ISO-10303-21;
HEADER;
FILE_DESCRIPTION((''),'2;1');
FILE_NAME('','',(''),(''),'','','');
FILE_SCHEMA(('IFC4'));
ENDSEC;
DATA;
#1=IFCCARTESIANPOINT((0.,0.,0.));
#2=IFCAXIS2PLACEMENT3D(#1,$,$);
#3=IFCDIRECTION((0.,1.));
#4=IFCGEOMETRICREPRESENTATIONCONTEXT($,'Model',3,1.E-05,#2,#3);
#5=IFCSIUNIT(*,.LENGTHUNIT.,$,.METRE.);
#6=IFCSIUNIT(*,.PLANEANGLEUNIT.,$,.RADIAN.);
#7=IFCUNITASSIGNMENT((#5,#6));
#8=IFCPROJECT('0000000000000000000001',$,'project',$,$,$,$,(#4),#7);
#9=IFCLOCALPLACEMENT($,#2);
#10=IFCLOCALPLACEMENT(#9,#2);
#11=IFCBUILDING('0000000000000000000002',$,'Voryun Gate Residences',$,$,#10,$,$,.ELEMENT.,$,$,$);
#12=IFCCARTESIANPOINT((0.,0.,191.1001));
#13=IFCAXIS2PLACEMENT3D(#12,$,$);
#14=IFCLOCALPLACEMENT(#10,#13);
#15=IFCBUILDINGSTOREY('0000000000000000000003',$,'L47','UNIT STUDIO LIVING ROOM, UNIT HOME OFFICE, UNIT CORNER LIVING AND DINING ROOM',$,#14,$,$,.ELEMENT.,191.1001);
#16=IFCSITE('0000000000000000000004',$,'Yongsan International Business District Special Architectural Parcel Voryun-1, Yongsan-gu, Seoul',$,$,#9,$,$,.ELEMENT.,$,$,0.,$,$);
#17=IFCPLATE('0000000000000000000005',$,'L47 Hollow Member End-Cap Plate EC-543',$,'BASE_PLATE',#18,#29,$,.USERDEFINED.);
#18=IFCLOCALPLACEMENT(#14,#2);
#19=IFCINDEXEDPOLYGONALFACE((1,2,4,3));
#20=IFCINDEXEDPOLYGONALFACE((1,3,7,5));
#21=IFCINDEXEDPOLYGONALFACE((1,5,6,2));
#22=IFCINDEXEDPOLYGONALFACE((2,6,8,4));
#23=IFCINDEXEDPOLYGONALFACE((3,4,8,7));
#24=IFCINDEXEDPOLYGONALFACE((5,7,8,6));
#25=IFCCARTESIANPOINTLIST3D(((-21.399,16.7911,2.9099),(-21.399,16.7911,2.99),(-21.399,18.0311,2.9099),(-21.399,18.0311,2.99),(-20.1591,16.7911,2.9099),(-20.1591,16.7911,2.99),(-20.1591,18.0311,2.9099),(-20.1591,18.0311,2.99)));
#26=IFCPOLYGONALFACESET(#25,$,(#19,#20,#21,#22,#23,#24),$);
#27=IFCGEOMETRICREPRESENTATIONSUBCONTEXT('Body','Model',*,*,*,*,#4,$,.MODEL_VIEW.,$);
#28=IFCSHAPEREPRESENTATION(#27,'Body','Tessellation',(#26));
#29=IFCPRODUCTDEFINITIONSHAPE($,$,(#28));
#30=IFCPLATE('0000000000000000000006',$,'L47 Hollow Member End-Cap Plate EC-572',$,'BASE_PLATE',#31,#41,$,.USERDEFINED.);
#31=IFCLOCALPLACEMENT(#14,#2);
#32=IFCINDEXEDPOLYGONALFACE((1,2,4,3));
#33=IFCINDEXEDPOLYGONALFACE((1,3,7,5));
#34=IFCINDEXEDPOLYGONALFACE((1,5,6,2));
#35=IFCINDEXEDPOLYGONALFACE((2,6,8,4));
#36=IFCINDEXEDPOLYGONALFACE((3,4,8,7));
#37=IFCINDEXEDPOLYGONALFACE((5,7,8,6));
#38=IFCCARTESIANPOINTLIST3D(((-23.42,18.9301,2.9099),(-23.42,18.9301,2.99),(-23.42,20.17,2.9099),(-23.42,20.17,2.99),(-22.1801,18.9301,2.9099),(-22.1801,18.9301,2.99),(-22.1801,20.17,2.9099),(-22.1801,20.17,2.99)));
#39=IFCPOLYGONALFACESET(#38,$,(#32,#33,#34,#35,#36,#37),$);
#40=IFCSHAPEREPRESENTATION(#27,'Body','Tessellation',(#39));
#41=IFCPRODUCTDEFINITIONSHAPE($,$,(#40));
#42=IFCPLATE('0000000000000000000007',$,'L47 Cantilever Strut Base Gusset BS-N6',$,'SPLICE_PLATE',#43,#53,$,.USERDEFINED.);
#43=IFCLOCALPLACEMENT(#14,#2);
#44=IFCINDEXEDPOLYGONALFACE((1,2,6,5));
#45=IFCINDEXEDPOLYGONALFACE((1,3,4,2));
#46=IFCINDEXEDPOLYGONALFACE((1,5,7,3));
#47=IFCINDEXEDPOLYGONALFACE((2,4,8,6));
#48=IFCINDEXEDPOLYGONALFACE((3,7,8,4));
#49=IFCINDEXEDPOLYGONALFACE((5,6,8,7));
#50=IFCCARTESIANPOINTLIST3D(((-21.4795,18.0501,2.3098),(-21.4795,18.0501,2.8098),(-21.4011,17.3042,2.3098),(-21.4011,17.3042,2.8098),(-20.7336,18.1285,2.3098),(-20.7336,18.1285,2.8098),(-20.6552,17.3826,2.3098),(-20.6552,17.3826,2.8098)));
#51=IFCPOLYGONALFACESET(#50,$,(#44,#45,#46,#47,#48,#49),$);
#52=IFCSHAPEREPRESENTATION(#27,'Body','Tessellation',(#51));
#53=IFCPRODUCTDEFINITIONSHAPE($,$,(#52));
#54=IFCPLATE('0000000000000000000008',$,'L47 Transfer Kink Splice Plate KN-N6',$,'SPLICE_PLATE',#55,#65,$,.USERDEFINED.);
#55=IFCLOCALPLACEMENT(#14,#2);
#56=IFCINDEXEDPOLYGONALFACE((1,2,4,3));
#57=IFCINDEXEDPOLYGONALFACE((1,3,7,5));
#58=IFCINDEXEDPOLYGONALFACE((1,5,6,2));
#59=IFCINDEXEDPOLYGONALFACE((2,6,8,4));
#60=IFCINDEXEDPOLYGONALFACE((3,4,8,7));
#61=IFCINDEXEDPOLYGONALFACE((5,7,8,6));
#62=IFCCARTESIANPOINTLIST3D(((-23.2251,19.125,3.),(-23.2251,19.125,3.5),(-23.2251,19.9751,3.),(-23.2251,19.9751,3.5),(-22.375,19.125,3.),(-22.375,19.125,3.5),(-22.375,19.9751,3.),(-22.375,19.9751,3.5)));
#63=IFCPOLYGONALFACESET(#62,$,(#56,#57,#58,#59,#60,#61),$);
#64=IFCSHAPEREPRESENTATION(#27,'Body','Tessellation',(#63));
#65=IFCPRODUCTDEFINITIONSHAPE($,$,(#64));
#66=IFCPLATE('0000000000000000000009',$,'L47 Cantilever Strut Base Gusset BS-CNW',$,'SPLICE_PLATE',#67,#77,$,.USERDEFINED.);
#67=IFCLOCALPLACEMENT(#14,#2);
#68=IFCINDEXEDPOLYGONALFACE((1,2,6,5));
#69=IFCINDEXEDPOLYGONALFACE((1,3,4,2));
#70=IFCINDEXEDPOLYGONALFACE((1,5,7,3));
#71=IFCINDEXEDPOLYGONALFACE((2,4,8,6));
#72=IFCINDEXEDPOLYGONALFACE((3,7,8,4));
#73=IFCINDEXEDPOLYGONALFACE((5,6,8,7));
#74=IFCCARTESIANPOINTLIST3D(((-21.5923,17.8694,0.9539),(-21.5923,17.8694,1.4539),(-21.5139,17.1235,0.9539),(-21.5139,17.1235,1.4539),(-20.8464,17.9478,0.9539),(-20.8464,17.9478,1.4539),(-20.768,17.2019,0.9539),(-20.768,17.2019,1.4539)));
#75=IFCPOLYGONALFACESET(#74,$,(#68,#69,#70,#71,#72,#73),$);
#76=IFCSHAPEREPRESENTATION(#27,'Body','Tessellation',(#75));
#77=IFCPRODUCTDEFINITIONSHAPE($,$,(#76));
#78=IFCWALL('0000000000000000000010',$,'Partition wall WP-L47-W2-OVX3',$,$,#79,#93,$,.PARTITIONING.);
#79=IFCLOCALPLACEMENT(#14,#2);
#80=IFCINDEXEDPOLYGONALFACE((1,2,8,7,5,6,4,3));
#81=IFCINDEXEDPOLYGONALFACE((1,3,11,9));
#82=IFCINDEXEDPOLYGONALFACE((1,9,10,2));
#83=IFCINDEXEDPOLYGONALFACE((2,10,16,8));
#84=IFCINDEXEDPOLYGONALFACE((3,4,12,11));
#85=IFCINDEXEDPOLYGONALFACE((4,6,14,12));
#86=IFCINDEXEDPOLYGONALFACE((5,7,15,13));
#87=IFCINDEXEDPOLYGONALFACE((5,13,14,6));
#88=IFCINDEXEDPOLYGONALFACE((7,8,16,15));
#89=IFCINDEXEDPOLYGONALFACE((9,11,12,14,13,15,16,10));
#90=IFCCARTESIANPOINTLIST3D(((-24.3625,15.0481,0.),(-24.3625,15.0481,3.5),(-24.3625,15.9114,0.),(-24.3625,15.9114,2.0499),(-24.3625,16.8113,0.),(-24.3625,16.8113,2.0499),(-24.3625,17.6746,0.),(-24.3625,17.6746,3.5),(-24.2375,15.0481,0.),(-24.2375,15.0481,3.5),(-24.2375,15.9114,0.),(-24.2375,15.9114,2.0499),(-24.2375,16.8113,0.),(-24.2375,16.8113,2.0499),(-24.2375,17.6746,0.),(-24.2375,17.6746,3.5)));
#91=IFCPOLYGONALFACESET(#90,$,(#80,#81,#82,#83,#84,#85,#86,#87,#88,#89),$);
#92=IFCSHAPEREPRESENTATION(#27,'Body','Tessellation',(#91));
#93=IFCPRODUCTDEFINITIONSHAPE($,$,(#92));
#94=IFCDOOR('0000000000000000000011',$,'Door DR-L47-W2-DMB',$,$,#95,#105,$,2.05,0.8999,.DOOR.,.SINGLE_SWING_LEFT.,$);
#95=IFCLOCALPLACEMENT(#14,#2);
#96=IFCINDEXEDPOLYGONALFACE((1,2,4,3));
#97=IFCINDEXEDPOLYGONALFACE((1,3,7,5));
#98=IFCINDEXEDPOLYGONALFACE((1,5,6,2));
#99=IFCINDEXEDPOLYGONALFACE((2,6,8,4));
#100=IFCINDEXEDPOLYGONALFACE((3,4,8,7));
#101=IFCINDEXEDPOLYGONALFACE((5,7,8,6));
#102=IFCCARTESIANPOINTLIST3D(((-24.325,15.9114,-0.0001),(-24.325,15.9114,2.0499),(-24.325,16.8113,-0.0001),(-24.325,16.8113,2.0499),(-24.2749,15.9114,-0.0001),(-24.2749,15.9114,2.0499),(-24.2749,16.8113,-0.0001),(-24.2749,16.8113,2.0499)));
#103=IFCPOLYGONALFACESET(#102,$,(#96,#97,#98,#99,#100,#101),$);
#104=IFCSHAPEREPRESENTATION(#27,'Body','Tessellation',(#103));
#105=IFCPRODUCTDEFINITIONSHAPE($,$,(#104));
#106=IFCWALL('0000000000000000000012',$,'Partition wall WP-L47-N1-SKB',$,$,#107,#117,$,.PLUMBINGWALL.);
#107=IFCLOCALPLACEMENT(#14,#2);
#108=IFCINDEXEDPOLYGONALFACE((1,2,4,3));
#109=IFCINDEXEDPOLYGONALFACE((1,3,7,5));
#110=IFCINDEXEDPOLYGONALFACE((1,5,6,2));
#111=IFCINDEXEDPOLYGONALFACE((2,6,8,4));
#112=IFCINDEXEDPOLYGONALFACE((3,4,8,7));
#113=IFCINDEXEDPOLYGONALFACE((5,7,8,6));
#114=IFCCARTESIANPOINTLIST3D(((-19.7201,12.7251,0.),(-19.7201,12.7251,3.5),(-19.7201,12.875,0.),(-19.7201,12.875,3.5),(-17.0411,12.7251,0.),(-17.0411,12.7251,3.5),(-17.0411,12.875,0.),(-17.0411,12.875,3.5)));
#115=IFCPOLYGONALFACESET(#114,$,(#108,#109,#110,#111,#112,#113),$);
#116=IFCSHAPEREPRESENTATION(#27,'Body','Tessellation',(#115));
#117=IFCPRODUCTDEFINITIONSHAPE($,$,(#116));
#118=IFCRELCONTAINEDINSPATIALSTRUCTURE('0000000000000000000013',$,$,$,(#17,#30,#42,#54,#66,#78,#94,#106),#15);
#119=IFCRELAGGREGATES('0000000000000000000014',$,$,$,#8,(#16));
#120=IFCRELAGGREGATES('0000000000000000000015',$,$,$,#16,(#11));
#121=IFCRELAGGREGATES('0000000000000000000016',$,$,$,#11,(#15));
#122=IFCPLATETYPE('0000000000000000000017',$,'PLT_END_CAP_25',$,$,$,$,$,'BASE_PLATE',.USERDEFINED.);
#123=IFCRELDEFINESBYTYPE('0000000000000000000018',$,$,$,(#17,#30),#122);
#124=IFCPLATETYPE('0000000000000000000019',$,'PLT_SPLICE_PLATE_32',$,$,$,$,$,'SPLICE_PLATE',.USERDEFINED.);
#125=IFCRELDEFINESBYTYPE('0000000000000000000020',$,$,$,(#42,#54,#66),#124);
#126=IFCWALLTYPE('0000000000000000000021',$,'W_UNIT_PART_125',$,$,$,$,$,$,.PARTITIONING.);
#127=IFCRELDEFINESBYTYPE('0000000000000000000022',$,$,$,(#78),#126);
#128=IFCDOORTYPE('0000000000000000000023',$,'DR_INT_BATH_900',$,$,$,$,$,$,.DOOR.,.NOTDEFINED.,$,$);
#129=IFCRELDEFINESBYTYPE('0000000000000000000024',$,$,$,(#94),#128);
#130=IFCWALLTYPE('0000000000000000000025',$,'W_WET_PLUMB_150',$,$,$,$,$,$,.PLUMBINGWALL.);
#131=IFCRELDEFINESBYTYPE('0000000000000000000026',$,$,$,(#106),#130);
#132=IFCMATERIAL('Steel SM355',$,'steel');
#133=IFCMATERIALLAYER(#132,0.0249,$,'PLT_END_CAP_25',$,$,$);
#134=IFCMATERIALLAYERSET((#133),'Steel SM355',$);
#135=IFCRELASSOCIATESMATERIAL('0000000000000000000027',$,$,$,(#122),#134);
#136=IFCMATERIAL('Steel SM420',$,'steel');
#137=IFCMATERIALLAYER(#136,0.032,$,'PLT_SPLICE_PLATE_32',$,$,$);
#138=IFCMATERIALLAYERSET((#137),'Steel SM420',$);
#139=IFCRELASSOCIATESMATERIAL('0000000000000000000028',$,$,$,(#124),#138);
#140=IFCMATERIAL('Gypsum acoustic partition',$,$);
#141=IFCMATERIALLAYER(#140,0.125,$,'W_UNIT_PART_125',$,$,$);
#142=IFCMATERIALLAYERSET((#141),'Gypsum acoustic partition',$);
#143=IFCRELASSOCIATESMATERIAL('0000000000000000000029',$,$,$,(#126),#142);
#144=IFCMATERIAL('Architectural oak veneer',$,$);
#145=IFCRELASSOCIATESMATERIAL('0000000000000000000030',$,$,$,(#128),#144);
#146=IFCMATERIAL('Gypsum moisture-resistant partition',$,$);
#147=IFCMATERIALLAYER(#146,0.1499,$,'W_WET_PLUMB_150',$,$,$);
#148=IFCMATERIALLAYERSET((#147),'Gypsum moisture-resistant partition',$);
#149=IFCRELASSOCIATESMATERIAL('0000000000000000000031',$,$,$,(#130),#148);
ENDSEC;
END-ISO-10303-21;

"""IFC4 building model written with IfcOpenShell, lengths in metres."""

from ifc_helpers import new_model, si_unit, direction, frame, frame_2d, origin, origin_2d, place, context, subcontext, project, spatial, rectangle, extrude, material, layer, layer_set, type_object, element, fill, save


model = new_model("IFC4")

# Units and contexts
model_context = context("Model", 3, precision=1e-05, world=origin(), true_north=direction((0.0, 1.0)))
body_context = subcontext(model_context, "Body", "Model", "MODEL_VIEW")
ifc_project = project(units=[si_unit("LENGTHUNIT", "METRE"), si_unit("PLANEANGLEUNIT", "RADIAN")], contexts=[model_context])

# Site, building, storey
site_placement = place(None, origin())
site = spatial("IfcSite", under=ifc_project, at=site_placement, Name="Yongsan International Business District Special Architectural Parcel Voryun-1, Yongsan-gu, Seoul", CompositionType="ELEMENT", RefElevation=0.0)
building_placement = place(site_placement, origin())
building = spatial("IfcBuilding", under=site, at=building_placement, Name="Voryun Gate Residences", CompositionType="ELEMENT")
storey_placement = place(building_placement, frame((0.0, 0.0, 191.1001)))
storey = spatial("IfcBuildingStorey", under=building, at=storey_placement, Name="L47", Description="UNIT STUDIO LIVING ROOM, UNIT HOME OFFICE, UNIT CORNER LIVING AND DINING ROOM", CompositionType="ELEMENT", Elevation=191.1001)

# Plates
ifc_material_1 = material(Name="Steel SM355", Category="steel")
ifc_layer_1 = layer(ifc_material_1, 0.0249, Name="PLT_END_CAP_25")
ifc_layer_set_1 = layer_set([ifc_layer_1], Name="Steel SM355")
plate_type_1 = type_object("IfcPlateType", Name="PLT_END_CAP_25", ElementType="BASE_PLATE", PredefinedType="USERDEFINED", material=ifc_layer_set_1)
for number, where, z_axis, x_axis, name in (
    (1, (-20.7791, 17.4111, 2.9099), (0.0, 0.0, 1.0), (1.0, 0.0, 0.0), "L47 Hollow Member End-Cap Plate EC-543"),
    (2, (-22.8, 19.55, 2.9099), (0.0, 0.0, 1.0), (1.0, 0.0, 0.0), "L47 Hollow Member End-Cap Plate EC-572"),
):
    element("IfcPlate", number, at=place(storey_placement, frame(where, z_axis=z_axis, x_axis=x_axis)), inside=storey, type_object=plate_type_1, Name=name, ObjectType="BASE_PLATE", PredefinedType="USERDEFINED", context=body_context, shape_type="SweptSolid", body=[
        extrude(rectangle(XDim=1.24, YDim=1.24, at=origin_2d()), origin(), (0.0, 0.0, 1.0), 0.0801),
    ])
ifc_material_2 = material(Name="Steel SM420", Category="steel")
ifc_layer_2 = layer(ifc_material_2, 0.032, Name="PLT_SPLICE_PLATE_32")
ifc_layer_set_2 = layer_set([ifc_layer_2], Name="Steel SM420")
plate_type_2 = type_object("IfcPlateType", Name="PLT_SPLICE_PLATE_32", ElementType="SPLICE_PLATE", PredefinedType="USERDEFINED", material=ifc_layer_set_2)
plate_1_placement = place(storey_placement, frame((-21.0674, 17.7163, 2.3098), z_axis=(0.0, 0.0, 1.0), x_axis=(0.994522, 0.104528, 0.0)))
element("IfcPlate", 3, at=plate_1_placement, inside=storey, type_object=plate_type_2, Name="L47 Cantilever Strut Base Gusset BS-N6", ObjectType="SPLICE_PLATE", PredefinedType="USERDEFINED", context=body_context, shape_type="SweptSolid", body=[
    extrude(rectangle(XDim=0.75, YDim=0.75, at=origin_2d()), origin(), (0.0, 0.0, 1.0), 0.5),
])
plate_2_placement = place(storey_placement, frame((-22.8, 19.55, 3.0), z_axis=(0.0, 0.0, 1.0), x_axis=(1.0, 0.0, 0.0)))
element("IfcPlate", 4, at=plate_2_placement, inside=storey, type_object=plate_type_2, Name="L47 Transfer Kink Splice Plate KN-N6", ObjectType="SPLICE_PLATE", PredefinedType="USERDEFINED", context=body_context, shape_type="SweptSolid", body=[
    extrude(rectangle(XDim=0.8501, YDim=0.8501, at=origin_2d()), origin(), (0.0, 0.0, 1.0), 0.5),
])
plate_3_placement = place(storey_placement, frame((-21.1802, 17.5356, 0.9539), z_axis=(0.0, 0.0, 1.0), x_axis=(0.994522, 0.104528, 0.0)))
element("IfcPlate", 5, at=plate_3_placement, inside=storey, type_object=plate_type_2, Name="L47 Cantilever Strut Base Gusset BS-CNW", ObjectType="SPLICE_PLATE", PredefinedType="USERDEFINED", context=body_context, shape_type="SweptSolid", body=[
    extrude(rectangle(XDim=0.75, YDim=0.75, at=origin_2d()), origin(), (0.0, 0.0, 1.0), 0.5),
])

# Wall, opening, door
ifc_material_3 = material(Name="Gypsum acoustic partition")
ifc_layer_3 = layer(ifc_material_3, 0.125, Name="W_UNIT_PART_125")
ifc_layer_set_3 = layer_set([ifc_layer_3], Name="Gypsum acoustic partition")
wall_type_1 = type_object("IfcWallType", Name="W_UNIT_PART_125", PredefinedType="PARTITIONING", material=ifc_layer_set_3)
wall_1_placement = place(storey_placement, frame((-24.3, 15.0481, 0.0), z_axis=(0.0, 0.0, 1.0), x_axis=(0.0, 1.0, 0.0)))
wall_1 = element("IfcWall", 6, at=wall_1_placement, inside=storey, type_object=wall_type_1, Name="Partition wall WP-L47-W2-OVX3", PredefinedType="PARTITIONING", context=body_context, shape_type="SweptSolid", body=[
    extrude(rectangle(XDim=2.6265, YDim=0.125, at=frame_2d((1.3132, 0.0))), origin(), (0.0, 0.0, 1.0), 3.5),
])
opening_placement = place(wall_1_placement, frame((0.8633, 0.0, 0.0)))
opening = element("IfcOpeningElement", 7, at=opening_placement, cuts=wall_1, PredefinedType="OPENING", context=body_context, shape_type="SweptSolid", body=[
    extrude(rectangle(XDim=0.8999, YDim=2.05, at=frame_2d((0.45, 1.0249))), frame((0.0, 0.0725, 0.0), z_axis=(0.0, -1.0, 0.0), x_axis=(1.0, 0.0, 0.0)), (0.0, 0.0, 1.0), 0.145),
])
ifc_material_4 = material(Name="Architectural oak veneer")
door_type = type_object("IfcDoorType", Name="DR_INT_BATH_900", OperationType="NOTDEFINED", PredefinedType="DOOR", material=ifc_material_4)
door_placement = place(opening_placement, origin())
door = element("IfcDoor", 8, at=door_placement, inside=storey, type_object=door_type, Name="Door DR-L47-W2-DMB", OperationType="SINGLE_SWING_LEFT", OverallHeight=2.05, OverallWidth=0.8999, PredefinedType="DOOR", context=body_context, shape_type="SweptSolid", body=[
    extrude(rectangle(XDim=0.8999, YDim=2.05, at=frame_2d((0.45, 1.0249))), frame((0.0, 0.0249, 0.0), z_axis=(0.0, -1.0, 0.0), x_axis=(1.0, 0.0, 0.0)), (0.0, 0.0, 1.0), 0.05),
])
fill(opening, door)

# Wall
ifc_material_5 = material(Name="Gypsum moisture-resistant partition")
ifc_layer_4 = layer(ifc_material_5, 0.1499, Name="W_WET_PLUMB_150")
ifc_layer_set_4 = layer_set([ifc_layer_4], Name="Gypsum moisture-resistant partition")
wall_type_2 = type_object("IfcWallType", Name="W_WET_PLUMB_150", PredefinedType="PLUMBINGWALL", material=ifc_layer_set_4)
wall_2_placement = place(storey_placement, frame((-19.72, 12.8, 0.0), z_axis=(0.0, 0.0, 1.0), x_axis=(1.0, 0.0, 0.0)))
element("IfcWall", 9, at=wall_2_placement, inside=storey, type_object=wall_type_2, Name="Partition wall WP-L47-N1-SKB", PredefinedType="PLUMBINGWALL", context=body_context, shape_type="SweptSolid", body=[
    extrude(rectangle(XDim=2.679, YDim=0.1499, at=frame_2d((1.3394, 0.0))), origin(), (0.0, 0.0, 1.0), 3.5),
])

save(model, "model.ifc")
